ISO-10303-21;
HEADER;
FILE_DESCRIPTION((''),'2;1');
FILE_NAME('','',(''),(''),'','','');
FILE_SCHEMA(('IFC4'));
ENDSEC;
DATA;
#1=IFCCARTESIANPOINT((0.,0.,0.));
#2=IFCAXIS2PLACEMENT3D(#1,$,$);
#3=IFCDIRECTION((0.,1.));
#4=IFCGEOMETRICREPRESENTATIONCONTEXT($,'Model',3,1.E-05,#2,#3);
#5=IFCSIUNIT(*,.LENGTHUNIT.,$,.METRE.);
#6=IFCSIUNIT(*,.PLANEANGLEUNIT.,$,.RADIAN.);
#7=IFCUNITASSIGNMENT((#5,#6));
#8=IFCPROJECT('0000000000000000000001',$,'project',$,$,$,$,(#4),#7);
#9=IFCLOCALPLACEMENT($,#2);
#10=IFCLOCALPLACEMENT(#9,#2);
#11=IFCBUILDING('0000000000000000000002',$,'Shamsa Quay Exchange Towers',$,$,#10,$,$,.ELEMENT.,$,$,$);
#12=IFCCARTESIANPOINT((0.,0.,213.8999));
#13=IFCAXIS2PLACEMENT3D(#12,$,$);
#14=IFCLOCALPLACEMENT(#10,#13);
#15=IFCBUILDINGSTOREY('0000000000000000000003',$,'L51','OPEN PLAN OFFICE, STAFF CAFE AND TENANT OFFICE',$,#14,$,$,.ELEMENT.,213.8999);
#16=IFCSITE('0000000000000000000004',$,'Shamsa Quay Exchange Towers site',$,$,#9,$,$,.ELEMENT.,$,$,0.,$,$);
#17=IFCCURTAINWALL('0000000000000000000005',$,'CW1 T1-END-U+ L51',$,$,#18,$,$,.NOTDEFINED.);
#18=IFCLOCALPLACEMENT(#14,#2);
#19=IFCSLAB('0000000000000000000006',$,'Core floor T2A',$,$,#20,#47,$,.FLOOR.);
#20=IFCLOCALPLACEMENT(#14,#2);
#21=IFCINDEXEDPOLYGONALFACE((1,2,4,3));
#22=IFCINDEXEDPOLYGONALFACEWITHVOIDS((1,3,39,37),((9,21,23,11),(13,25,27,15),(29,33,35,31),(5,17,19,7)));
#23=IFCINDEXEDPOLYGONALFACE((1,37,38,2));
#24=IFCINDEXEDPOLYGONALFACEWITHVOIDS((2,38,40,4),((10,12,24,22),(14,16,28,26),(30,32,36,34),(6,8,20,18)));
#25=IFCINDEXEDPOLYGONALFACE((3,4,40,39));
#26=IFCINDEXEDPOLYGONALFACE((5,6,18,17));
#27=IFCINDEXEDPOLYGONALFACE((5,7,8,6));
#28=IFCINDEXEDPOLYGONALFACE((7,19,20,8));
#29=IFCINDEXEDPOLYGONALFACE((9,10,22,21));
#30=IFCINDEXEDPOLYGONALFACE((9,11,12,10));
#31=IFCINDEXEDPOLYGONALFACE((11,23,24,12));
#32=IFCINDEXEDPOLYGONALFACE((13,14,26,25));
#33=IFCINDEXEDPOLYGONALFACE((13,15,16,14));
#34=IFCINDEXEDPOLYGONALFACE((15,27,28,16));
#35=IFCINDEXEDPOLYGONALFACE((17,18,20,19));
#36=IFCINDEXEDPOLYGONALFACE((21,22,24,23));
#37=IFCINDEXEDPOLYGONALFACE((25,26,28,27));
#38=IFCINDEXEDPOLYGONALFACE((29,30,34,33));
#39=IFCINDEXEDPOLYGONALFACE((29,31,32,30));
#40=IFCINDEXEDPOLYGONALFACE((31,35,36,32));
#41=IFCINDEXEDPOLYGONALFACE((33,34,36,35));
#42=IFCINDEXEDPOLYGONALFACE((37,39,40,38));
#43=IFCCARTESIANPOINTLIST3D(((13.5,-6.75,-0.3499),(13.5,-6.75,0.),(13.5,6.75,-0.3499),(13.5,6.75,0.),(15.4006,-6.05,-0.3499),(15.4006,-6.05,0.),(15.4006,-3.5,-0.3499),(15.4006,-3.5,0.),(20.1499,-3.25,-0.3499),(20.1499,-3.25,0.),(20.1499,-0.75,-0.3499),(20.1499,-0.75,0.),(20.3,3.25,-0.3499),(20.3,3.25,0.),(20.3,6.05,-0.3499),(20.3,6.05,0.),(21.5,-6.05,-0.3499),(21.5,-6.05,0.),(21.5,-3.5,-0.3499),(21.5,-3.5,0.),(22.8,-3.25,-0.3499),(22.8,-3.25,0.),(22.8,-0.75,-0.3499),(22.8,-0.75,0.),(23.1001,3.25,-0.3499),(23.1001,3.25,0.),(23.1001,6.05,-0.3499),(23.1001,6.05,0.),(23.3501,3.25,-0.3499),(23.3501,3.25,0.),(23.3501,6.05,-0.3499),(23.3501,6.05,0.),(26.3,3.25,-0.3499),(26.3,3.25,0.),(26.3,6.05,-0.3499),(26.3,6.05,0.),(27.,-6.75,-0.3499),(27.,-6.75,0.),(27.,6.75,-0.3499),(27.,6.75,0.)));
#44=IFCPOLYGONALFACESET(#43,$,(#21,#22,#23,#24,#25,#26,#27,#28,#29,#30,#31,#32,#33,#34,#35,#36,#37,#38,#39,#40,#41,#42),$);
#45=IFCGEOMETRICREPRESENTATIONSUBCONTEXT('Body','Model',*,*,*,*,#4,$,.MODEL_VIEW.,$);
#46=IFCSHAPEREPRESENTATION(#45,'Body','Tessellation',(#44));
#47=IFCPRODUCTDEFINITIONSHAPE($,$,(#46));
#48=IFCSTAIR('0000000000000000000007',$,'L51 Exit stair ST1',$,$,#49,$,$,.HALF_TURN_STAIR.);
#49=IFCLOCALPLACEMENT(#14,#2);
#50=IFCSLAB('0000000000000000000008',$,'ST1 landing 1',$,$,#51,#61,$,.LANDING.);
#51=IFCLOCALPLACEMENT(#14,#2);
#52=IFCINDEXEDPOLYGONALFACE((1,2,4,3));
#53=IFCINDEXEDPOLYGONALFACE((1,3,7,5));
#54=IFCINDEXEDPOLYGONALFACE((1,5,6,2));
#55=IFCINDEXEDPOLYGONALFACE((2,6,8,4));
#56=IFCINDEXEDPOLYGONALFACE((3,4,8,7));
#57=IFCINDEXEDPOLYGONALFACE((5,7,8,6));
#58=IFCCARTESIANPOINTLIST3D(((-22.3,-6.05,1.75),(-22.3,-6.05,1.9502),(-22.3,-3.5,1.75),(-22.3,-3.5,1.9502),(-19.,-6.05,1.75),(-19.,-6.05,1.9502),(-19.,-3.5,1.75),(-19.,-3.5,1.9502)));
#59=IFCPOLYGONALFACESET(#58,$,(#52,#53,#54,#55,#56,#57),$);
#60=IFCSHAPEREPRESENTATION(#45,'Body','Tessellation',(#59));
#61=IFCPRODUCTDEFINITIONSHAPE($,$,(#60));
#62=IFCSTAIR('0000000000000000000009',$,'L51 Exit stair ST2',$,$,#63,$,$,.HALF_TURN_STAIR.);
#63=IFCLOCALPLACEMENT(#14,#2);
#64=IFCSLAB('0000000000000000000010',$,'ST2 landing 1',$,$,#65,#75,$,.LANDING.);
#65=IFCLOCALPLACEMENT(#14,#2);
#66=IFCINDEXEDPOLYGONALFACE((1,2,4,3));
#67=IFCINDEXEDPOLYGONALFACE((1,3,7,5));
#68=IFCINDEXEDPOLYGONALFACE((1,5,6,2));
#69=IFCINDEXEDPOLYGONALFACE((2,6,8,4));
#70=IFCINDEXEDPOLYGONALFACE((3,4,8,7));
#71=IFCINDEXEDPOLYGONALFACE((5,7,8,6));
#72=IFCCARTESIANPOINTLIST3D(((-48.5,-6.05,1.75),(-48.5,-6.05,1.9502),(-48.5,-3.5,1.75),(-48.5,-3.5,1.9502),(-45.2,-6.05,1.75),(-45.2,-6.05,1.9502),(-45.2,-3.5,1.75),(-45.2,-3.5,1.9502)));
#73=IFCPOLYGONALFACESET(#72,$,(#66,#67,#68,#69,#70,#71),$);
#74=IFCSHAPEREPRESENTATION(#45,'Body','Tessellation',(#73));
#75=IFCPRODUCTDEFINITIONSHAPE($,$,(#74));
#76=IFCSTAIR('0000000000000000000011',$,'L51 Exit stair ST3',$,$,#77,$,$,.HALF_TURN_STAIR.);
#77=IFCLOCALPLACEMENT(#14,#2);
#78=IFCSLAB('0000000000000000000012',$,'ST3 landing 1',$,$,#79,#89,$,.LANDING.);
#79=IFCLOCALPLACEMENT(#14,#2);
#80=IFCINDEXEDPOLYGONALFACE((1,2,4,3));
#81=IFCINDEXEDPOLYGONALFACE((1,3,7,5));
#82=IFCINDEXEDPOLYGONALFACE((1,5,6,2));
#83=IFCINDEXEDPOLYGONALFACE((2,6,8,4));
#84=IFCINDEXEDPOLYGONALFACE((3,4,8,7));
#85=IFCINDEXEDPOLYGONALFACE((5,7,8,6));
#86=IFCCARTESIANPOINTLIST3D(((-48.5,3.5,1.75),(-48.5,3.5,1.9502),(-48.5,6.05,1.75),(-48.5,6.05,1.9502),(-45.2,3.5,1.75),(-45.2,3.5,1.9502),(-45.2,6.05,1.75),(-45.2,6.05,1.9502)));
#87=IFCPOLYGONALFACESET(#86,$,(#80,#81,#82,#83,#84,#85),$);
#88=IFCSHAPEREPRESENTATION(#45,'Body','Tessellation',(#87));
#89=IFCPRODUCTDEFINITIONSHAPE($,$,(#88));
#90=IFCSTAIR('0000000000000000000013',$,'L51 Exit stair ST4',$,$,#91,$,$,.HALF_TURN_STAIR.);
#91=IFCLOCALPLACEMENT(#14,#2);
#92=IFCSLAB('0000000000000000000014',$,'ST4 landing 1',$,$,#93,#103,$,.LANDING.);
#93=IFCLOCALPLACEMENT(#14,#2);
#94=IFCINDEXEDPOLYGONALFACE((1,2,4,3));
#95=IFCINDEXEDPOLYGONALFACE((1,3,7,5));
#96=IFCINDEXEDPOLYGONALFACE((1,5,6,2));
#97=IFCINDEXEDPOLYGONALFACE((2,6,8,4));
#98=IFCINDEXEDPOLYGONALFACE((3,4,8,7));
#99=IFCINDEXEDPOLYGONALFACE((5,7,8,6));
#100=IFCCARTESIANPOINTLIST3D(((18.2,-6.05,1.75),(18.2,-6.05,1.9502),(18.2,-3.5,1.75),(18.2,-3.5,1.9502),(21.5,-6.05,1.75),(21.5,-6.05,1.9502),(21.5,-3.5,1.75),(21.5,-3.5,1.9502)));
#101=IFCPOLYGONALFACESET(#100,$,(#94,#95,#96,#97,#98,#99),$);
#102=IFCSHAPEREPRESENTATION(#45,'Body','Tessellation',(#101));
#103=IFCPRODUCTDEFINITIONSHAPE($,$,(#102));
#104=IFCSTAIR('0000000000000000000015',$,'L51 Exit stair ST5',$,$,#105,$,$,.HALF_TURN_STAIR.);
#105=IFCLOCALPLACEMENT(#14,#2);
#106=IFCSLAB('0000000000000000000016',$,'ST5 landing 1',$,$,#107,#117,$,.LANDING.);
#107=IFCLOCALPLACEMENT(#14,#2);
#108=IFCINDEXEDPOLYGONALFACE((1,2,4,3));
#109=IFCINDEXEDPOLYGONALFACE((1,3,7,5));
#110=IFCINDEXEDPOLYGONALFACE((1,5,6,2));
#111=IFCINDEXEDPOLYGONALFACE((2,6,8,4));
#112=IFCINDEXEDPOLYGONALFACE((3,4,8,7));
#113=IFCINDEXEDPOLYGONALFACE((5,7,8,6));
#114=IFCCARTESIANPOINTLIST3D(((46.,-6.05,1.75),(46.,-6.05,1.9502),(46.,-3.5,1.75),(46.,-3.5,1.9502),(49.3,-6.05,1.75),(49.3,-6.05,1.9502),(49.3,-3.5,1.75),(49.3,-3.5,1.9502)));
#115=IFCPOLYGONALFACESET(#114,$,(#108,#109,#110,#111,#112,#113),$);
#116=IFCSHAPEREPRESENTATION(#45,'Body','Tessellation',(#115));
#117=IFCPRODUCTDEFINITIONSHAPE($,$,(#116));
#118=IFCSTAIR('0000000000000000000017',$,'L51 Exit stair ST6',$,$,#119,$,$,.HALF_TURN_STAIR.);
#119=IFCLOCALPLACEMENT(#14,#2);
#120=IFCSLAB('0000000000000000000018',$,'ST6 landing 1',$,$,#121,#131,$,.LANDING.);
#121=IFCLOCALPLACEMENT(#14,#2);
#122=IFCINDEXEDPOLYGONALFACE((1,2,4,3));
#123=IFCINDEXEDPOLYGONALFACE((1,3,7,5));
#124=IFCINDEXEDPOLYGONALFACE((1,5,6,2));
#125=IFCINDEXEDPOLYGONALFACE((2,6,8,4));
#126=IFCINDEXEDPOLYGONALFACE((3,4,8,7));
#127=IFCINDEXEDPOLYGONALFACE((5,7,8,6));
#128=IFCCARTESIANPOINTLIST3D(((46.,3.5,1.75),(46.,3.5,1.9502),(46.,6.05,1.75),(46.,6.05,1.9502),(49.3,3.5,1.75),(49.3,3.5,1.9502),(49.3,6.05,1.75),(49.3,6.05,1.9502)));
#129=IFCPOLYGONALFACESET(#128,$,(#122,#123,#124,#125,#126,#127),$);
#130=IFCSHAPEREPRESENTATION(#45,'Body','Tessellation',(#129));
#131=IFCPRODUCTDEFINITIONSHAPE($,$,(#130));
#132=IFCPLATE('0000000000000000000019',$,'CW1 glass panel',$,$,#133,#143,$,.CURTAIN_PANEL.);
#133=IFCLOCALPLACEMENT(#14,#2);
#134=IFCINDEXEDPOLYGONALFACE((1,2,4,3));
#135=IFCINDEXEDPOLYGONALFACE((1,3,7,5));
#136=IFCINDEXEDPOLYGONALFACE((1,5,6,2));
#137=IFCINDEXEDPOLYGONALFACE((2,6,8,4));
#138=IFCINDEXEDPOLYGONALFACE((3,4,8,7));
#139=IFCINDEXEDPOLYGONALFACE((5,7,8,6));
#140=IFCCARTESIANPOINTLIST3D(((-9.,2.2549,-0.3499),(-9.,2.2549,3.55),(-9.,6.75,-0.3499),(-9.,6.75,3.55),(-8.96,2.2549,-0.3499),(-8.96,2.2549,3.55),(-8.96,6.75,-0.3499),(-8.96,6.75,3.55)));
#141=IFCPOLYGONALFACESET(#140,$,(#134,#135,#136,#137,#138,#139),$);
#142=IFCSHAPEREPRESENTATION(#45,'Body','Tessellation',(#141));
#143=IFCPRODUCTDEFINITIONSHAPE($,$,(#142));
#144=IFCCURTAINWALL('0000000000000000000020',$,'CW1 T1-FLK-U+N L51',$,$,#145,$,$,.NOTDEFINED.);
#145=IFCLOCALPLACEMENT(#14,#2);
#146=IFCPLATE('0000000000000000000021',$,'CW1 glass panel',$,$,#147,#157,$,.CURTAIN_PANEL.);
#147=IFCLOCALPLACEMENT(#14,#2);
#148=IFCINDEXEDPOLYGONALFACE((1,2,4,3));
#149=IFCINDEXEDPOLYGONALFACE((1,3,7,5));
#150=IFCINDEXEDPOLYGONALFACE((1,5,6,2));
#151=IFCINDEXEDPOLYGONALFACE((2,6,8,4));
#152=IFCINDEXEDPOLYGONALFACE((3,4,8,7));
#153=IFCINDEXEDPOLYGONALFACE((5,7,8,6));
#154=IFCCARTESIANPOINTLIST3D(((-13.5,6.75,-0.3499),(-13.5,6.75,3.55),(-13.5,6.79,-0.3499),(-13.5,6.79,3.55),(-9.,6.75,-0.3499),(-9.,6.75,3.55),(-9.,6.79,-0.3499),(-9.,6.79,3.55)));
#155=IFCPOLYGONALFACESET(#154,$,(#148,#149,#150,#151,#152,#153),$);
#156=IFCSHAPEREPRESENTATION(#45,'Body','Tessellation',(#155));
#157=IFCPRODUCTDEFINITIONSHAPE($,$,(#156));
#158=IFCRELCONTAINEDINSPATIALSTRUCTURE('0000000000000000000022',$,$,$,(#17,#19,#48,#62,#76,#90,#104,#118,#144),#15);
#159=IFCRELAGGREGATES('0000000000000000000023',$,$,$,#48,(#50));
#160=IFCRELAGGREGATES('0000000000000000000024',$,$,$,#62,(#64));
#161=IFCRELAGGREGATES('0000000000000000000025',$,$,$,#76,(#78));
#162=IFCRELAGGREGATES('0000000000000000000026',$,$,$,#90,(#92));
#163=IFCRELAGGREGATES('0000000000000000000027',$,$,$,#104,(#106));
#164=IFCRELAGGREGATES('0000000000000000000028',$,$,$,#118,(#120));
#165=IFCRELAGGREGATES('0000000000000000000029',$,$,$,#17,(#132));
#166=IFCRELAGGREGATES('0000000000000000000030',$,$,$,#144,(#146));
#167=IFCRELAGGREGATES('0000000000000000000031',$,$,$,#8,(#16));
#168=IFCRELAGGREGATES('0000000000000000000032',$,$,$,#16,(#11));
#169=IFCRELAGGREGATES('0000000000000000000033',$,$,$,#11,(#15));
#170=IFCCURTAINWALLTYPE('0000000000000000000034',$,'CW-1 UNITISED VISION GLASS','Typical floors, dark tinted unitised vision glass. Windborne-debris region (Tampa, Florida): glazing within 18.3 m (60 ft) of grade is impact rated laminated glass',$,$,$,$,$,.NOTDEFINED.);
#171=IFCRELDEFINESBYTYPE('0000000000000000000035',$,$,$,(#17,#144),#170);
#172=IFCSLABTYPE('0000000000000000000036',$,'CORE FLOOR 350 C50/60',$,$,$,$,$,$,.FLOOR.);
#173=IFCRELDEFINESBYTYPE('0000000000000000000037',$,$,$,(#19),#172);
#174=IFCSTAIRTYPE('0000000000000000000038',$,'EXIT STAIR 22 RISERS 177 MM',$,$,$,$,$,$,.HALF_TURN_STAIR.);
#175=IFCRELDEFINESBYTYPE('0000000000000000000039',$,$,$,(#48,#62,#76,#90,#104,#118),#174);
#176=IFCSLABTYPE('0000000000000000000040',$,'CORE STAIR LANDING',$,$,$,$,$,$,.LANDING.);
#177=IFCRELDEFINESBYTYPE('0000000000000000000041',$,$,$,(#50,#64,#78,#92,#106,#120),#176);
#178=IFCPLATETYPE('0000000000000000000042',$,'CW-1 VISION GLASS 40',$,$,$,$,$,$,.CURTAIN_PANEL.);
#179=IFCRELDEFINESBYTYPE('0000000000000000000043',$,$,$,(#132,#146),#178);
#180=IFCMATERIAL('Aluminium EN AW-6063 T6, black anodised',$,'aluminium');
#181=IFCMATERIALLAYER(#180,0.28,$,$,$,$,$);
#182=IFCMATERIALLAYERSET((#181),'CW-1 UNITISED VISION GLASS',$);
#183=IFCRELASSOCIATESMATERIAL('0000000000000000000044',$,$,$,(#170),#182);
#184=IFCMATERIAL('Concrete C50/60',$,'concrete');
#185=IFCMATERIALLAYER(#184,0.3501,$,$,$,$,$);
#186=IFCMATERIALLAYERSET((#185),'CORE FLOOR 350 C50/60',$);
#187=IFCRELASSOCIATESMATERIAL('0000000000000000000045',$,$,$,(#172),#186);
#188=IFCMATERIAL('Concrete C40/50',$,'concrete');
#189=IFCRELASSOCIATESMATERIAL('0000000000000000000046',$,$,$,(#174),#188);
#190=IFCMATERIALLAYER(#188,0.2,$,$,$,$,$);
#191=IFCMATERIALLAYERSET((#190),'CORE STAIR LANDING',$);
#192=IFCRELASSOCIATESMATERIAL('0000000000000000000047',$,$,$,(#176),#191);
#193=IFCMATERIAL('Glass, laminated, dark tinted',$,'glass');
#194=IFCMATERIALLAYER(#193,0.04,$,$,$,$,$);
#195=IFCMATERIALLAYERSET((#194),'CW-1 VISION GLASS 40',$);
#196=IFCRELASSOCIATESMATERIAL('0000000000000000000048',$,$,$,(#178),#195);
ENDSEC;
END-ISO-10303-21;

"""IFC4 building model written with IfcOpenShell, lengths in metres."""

from ifc_helpers import new_model, si_unit, direction, frame, origin, origin_2d, place, context, subcontext, project, spatial, polyline, rectangle, outline, extrude, material, layer, layer_set, type_object, element, aggregate, save


model = new_model("IFC4")

# Units and contexts
model_context = context("Model", 3, precision=1e-05, world=origin(), true_north=direction((0.0, 1.0)))
body_context = subcontext(model_context, "Body", "Model", "MODEL_VIEW")
ifc_project = project(units=[si_unit("LENGTHUNIT", "METRE"), si_unit("PLANEANGLEUNIT", "RADIAN")], contexts=[model_context])

# Site, building, storey
site_placement = place(None, origin())
site = spatial("IfcSite", under=ifc_project, at=site_placement, Name="Shamsa Quay Exchange Towers site", CompositionType="ELEMENT", RefElevation=0.0)
building_placement = place(site_placement, origin())
building = spatial("IfcBuilding", under=site, at=building_placement, Name="Shamsa Quay Exchange Towers", CompositionType="ELEMENT")
storey_placement = place(building_placement, frame((0.0, 0.0, 213.8999)))
storey = spatial("IfcBuildingStorey", under=building, at=storey_placement, Name="L51", Description="OPEN PLAN OFFICE, STAFF CAFE AND TENANT OFFICE", CompositionType="ELEMENT", Elevation=213.8999)

# Curtain wall
ifc_material_1 = material(Name="Aluminium EN AW-6063 T6, black anodised", Category="aluminium")
ifc_layer_1 = layer(ifc_material_1, 0.28)
ifc_layer_set_1 = layer_set([ifc_layer_1], Name="CW-1 UNITISED VISION GLASS")
curtain_wall_type = type_object("IfcCurtainWallType", Name="CW-1 UNITISED VISION GLASS", Description="Typical floors, dark tinted unitised vision glass. Windborne-debris region (Tampa, Florida): glazing within 18.3 m (60 ft) of grade is impact rated laminated glass", PredefinedType="NOTDEFINED", material=ifc_layer_set_1)
curtain_wall_1_placement = place(storey_placement, origin())
curtain_wall_1 = element("IfcCurtainWall", 1, at=curtain_wall_1_placement, inside=storey, type_object=curtain_wall_type, Name="CW1 T1-END-U+ L51", PredefinedType="NOTDEFINED")

# Slab
ifc_material_2 = material(Name="Concrete C50/60", Category="concrete")
ifc_layer_2 = layer(ifc_material_2, 0.3501)
ifc_layer_set_2 = layer_set([ifc_layer_2], Name="CORE FLOOR 350 C50/60")
slab_type_1 = type_object("IfcSlabType", Name="CORE FLOOR 350 C50/60", PredefinedType="FLOOR", material=ifc_layer_set_2)
slab_1_placement = place(storey_placement, frame((0.0, 0.0, -0.3499)))
element("IfcSlab", 2, at=slab_1_placement, inside=storey, type_object=slab_type_1, Name="Core floor T2A", PredefinedType="FLOOR", context=body_context, shape_type="SweptSolid", body=[
    extrude(outline(polyline([(13.5, -6.75), (27.0, -6.75), (27.0, 6.75), (13.5, 6.75), (13.5, -6.75)]), holes=[polyline([(15.4006, -6.05), (15.4006, -3.5), (21.5, -3.5), (21.5, -6.05), (15.4006, -6.05)]), polyline([(20.3, 3.25), (20.3, 6.05), (23.1001, 6.05), (23.1001, 3.25), (20.3, 3.25)]), polyline([(23.3501, 3.25), (23.3501, 6.05), (26.3, 6.05), (26.3, 3.25), (23.3501, 3.25)]), polyline([(20.1499, -3.25), (20.1499, -0.75), (22.8, -0.75), (22.8, -3.25), (20.1499, -3.25)])]), origin(), (0.0, 0.0, 1.0), 0.3499),
])

# Stairs, slabs
ifc_material_3 = material(Name="Concrete C40/50", Category="concrete")
stair_type = type_object("IfcStairType", Name="EXIT STAIR 22 RISERS 177 MM", PredefinedType="HALF_TURN_STAIR", material=ifc_material_3)
stair_1_placement = place(storey_placement, origin())
stair_1 = element("IfcStair", 3, at=stair_1_placement, inside=storey, type_object=stair_type, Name="L51 Exit stair ST1", PredefinedType="HALF_TURN_STAIR")
ifc_layer_3 = layer(ifc_material_3, 0.2)
ifc_layer_set_3 = layer_set([ifc_layer_3], Name="CORE STAIR LANDING")
slab_type_2 = type_object("IfcSlabType", Name="CORE STAIR LANDING", PredefinedType="LANDING", material=ifc_layer_set_3)
slab_2_placement = place(storey_placement, frame((0.0, 0.0, 1.75)))
slab_2 = element("IfcSlab", 4, at=slab_2_placement, type_object=slab_type_2, Name="ST1 landing 1", PredefinedType="LANDING", context=body_context, shape_type="SweptSolid", body=[
    extrude(outline(polyline([(-22.3, -6.05), (-19.0, -6.05), (-19.0, -3.5), (-22.3, -3.5), (-22.3, -6.05)])), origin(), (0.0, 0.0, 1.0), 0.2002),
])
aggregate(stair_1, [slab_2])
stair_2_placement = place(storey_placement, origin())
stair_2 = element("IfcStair", 5, at=stair_2_placement, inside=storey, type_object=stair_type, Name="L51 Exit stair ST2", PredefinedType="HALF_TURN_STAIR")
slab_3_placement = place(storey_placement, frame((0.0, 0.0, 1.75)))
slab_3 = element("IfcSlab", 6, at=slab_3_placement, type_object=slab_type_2, Name="ST2 landing 1", PredefinedType="LANDING", context=body_context, shape_type="SweptSolid", body=[
    extrude(outline(polyline([(-45.2, -3.5), (-48.5, -3.5), (-48.5, -6.05), (-45.2, -6.05), (-45.2, -3.5)])), origin(), (0.0, 0.0, 1.0), 0.2002),
])
aggregate(stair_2, [slab_3])
stair_3_placement = place(storey_placement, origin())
stair_3 = element("IfcStair", 7, at=stair_3_placement, inside=storey, type_object=stair_type, Name="L51 Exit stair ST3", PredefinedType="HALF_TURN_STAIR")
slab_4_placement = place(storey_placement, frame((0.0, 0.0, 1.75)))
slab_4 = element("IfcSlab", 8, at=slab_4_placement, type_object=slab_type_2, Name="ST3 landing 1", PredefinedType="LANDING", context=body_context, shape_type="SweptSolid", body=[
    extrude(outline(polyline([(-45.2, 6.05), (-48.5, 6.05), (-48.5, 3.5), (-45.2, 3.5), (-45.2, 6.05)])), origin(), (0.0, 0.0, 1.0), 0.2002),
])
aggregate(stair_3, [slab_4])
stair_4_placement = place(storey_placement, origin())
stair_4 = element("IfcStair", 9, at=stair_4_placement, inside=storey, type_object=stair_type, Name="L51 Exit stair ST4", PredefinedType="HALF_TURN_STAIR")
slab_5_placement = place(storey_placement, frame((0.0, 0.0, 1.75)))
slab_5 = element("IfcSlab", 10, at=slab_5_placement, type_object=slab_type_2, Name="ST4 landing 1", PredefinedType="LANDING", context=body_context, shape_type="SweptSolid", body=[
    extrude(outline(polyline([(18.2, -6.05), (21.5, -6.05), (21.5, -3.5), (18.2, -3.5), (18.2, -6.05)])), origin(), (0.0, 0.0, 1.0), 0.2002),
])
aggregate(stair_4, [slab_5])
stair_5_placement = place(storey_placement, origin())
stair_5 = element("IfcStair", 11, at=stair_5_placement, inside=storey, type_object=stair_type, Name="L51 Exit stair ST5", PredefinedType="HALF_TURN_STAIR")
slab_6_placement = place(storey_placement, frame((0.0, 0.0, 1.75)))
slab_6 = element("IfcSlab", 12, at=slab_6_placement, type_object=slab_type_2, Name="ST5 landing 1", PredefinedType="LANDING", context=body_context, shape_type="SweptSolid", body=[
    extrude(outline(polyline([(49.3, -3.5), (46.0, -3.5), (46.0, -6.05), (49.3, -6.05), (49.3, -3.5)])), origin(), (0.0, 0.0, 1.0), 0.2002),
])
aggregate(stair_5, [slab_6])
stair_6_placement = place(storey_placement, origin())
stair_6 = element("IfcStair", 13, at=stair_6_placement, inside=storey, type_object=stair_type, Name="L51 Exit stair ST6", PredefinedType="HALF_TURN_STAIR")
slab_7_placement = place(storey_placement, frame((0.0, 0.0, 1.75)))
slab_7 = element("IfcSlab", 14, at=slab_7_placement, type_object=slab_type_2, Name="ST6 landing 1", PredefinedType="LANDING", context=body_context, shape_type="SweptSolid", body=[
    extrude(outline(polyline([(49.3, 6.05), (46.0, 6.05), (46.0, 3.5), (49.3, 3.5), (49.3, 6.05)])), origin(), (0.0, 0.0, 1.0), 0.2002),
])
aggregate(stair_6, [slab_7])

# Plate
ifc_material_4 = material(Name="Glass, laminated, dark tinted", Category="glass")
ifc_layer_4 = layer(ifc_material_4, 0.04)
ifc_layer_set_4 = layer_set([ifc_layer_4], Name="CW-1 VISION GLASS 40")
plate_type = type_object("IfcPlateType", Name="CW-1 VISION GLASS 40", PredefinedType="CURTAIN_PANEL", material=ifc_layer_set_4)
plate_1_placement = place(storey_placement, frame((-8.98, 4.5024, -0.3499), z_axis=(0.0, 0.0, 1.0), x_axis=(0.0, 1.0, 0.0)))
plate_1 = element("IfcPlate", 15, at=plate_1_placement, type_object=plate_type, Name="CW1 glass panel", PredefinedType="CURTAIN_PANEL", context=body_context, shape_type="SweptSolid", body=[
    extrude(rectangle(XDim=4.4951, YDim=0.04, at=origin_2d()), origin(), (0.0, 0.0, 1.0), 3.8999),
])
aggregate(curtain_wall_1, [plate_1])

# Curtain wall, plate
curtain_wall_2_placement = place(storey_placement, origin())
curtain_wall_2 = element("IfcCurtainWall", 16, at=curtain_wall_2_placement, inside=storey, type_object=curtain_wall_type, Name="CW1 T1-FLK-U+N L51", PredefinedType="NOTDEFINED")
plate_2_placement = place(storey_placement, frame((-11.25, 6.77, -0.3499), z_axis=(0.0, 0.0, 1.0), x_axis=(-1.0, 0.0, 0.0)))
plate_2 = element("IfcPlate", 17, at=plate_2_placement, type_object=plate_type, Name="CW1 glass panel", PredefinedType="CURTAIN_PANEL", context=body_context, shape_type="SweptSolid", body=[
    extrude(rectangle(XDim=4.5, YDim=0.04, at=origin_2d()), origin(), (0.0, 0.0, 1.0), 3.8999),
])
aggregate(curtain_wall_2, [plate_2])

save(model, "model.ifc")
